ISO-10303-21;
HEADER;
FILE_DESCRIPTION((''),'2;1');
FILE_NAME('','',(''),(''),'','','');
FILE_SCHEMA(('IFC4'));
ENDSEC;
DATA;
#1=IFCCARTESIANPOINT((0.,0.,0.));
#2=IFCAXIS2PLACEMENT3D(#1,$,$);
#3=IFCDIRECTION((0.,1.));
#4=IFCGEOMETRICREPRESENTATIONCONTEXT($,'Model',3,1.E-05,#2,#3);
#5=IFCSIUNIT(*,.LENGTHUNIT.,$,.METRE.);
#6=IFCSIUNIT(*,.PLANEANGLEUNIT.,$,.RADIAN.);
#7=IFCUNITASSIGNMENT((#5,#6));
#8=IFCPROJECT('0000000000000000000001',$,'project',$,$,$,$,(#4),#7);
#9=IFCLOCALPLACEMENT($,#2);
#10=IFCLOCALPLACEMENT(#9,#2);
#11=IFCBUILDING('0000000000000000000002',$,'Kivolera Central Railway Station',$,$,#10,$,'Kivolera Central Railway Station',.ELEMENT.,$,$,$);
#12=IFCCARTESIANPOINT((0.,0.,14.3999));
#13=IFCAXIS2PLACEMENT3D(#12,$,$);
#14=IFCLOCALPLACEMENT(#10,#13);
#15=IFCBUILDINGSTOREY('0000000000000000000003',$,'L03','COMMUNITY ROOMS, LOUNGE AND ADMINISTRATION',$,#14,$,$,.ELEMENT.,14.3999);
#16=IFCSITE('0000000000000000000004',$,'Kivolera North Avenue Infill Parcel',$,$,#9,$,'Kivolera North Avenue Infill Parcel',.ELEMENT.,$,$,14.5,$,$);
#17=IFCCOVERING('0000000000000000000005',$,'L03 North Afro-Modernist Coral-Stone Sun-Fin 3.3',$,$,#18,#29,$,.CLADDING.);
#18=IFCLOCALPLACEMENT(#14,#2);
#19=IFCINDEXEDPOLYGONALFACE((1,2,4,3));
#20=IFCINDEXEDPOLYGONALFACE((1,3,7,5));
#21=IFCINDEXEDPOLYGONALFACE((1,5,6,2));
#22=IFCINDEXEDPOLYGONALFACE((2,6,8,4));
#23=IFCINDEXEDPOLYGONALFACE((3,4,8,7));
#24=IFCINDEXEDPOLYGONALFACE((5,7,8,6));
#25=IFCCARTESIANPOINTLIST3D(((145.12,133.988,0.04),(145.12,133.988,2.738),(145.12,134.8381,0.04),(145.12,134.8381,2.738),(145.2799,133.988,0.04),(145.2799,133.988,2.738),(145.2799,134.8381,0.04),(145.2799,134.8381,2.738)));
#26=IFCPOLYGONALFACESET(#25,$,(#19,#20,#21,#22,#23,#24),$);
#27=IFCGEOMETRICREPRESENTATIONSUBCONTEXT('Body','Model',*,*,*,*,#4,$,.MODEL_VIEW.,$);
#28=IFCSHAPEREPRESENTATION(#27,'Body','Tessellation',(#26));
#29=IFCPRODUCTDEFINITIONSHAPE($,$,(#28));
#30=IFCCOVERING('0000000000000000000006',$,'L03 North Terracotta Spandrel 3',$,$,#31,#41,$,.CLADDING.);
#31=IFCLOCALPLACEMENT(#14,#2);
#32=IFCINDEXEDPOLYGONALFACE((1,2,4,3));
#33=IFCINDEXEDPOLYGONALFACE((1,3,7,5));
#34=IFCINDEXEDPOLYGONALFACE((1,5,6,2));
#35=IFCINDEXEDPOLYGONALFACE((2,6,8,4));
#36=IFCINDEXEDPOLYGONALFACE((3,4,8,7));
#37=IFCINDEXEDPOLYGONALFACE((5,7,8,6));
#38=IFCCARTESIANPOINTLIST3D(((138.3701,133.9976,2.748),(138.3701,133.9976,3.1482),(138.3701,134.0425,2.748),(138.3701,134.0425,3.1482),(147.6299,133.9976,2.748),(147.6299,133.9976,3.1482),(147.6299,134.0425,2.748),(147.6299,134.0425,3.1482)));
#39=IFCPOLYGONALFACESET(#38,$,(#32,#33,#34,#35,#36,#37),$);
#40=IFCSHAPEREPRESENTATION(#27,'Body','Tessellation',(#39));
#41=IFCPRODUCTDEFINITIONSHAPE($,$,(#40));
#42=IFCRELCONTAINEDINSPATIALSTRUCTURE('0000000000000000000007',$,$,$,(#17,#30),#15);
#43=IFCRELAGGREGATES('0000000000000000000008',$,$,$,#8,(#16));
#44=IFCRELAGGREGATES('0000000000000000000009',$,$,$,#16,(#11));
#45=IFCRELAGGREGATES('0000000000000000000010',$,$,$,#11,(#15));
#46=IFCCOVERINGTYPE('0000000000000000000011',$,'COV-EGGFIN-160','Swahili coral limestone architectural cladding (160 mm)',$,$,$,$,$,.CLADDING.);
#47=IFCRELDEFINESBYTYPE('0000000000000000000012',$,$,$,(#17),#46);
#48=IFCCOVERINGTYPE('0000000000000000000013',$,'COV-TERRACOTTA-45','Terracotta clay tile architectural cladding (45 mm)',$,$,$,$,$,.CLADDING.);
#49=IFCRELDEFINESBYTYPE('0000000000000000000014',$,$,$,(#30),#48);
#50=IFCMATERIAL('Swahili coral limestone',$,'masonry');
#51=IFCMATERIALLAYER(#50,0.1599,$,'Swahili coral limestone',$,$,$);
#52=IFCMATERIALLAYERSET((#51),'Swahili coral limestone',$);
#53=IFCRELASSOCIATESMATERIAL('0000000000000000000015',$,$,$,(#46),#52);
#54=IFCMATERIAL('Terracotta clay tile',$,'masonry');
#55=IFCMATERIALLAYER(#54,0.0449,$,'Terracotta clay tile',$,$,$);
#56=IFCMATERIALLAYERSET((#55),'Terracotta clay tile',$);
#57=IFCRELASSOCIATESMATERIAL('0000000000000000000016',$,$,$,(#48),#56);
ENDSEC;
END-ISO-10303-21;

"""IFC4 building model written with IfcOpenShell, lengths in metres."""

from ifc_helpers import new_model, si_unit, direction, frame, frame_2d, origin, origin_2d, place, context, subcontext, project, spatial, rectangle, extrude, material, layer, layer_set, type_object, element, save


model = new_model("IFC4")

# Units and contexts
model_context = context("Model", 3, precision=1e-05, world=origin(), true_north=direction((0.0, 1.0)))
body_context = subcontext(model_context, "Body", "Model", "MODEL_VIEW")
ifc_project = project(units=[si_unit("LENGTHUNIT", "METRE"), si_unit("PLANEANGLEUNIT", "RADIAN")], contexts=[model_context])

# Site, building, storey
site_placement = place(None, origin())
site = spatial("IfcSite", under=ifc_project, at=site_placement, Name="Kivolera North Avenue Infill Parcel", LongName="Kivolera North Avenue Infill Parcel", CompositionType="ELEMENT", RefElevation=14.5)
building_placement = place(site_placement, origin())
building = spatial("IfcBuilding", under=site, at=building_placement, Name="Kivolera Central Railway Station", LongName="Kivolera Central Railway Station", CompositionType="ELEMENT")
storey_placement = place(building_placement, frame((0.0, 0.0, 14.3999)))
storey = spatial("IfcBuildingStorey", under=building, at=storey_placement, Name="L03", Description="COMMUNITY ROOMS, LOUNGE AND ADMINISTRATION", CompositionType="ELEMENT", Elevation=14.3999)

# Shared definitions
ifc_material_1 = material(Name="Swahili coral limestone", Category="masonry")

# Coverings
ifc_layer_1 = layer(ifc_material_1, 0.1599, Name="Swahili coral limestone")
ifc_layer_set_1 = layer_set([ifc_layer_1], Name="Swahili coral limestone")
covering_type_1 = type_object("IfcCoveringType", Name="COV-EGGFIN-160", Description="Swahili coral limestone architectural cladding (160 mm)", PredefinedType="CLADDING", material=ifc_layer_set_1)
for number, where, z_axis, x_axis, name in (
    (1, (145.2, 134.4131, 0.04), (0.0, 0.0, 1.0), (1.0, 0.0, 0.0), "L03 North Afro-Modernist Coral-Stone Sun-Fin 3.3"),
):
    element("IfcCovering", number, at=place(storey_placement, frame(where, z_axis=z_axis, x_axis=x_axis)), inside=storey, type_object=covering_type_1, Name=name, PredefinedType="CLADDING", context=body_context, shape_type="SweptSolid", body=[
        extrude(rectangle(XDim=0.1599, YDim=0.8501, at=origin_2d()), origin(), (0.0, 0.0, 1.0), 2.698),
    ])
ifc_material_2 = material(Name="Terracotta clay tile", Category="masonry")
ifc_layer_2 = layer(ifc_material_2, 0.0449, Name="Terracotta clay tile")
ifc_layer_set_2 = layer_set([ifc_layer_2], Name="Terracotta clay tile")
covering_type_2 = type_object("IfcCoveringType", Name="COV-TERRACOTTA-45", Description="Terracotta clay tile architectural cladding (45 mm)", PredefinedType="CLADDING", material=ifc_layer_set_2)
covering_1_placement = place(storey_placement, frame((138.3701, 134.02, 2.748), z_axis=(0.0, 0.0, 1.0), x_axis=(1.0, 0.0, 0.0)))
element("IfcCovering", 2, at=covering_1_placement, inside=storey, type_object=covering_type_2, Name="L03 North Terracotta Spandrel 3", PredefinedType="CLADDING", context=body_context, shape_type="SweptSolid", body=[
    extrude(rectangle(XDim=9.2598, YDim=0.0449, at=frame_2d((4.6299, 0.0))), origin(), (0.0, 0.0, 1.0), 0.4001),
])

save(model, "model.ifc")
